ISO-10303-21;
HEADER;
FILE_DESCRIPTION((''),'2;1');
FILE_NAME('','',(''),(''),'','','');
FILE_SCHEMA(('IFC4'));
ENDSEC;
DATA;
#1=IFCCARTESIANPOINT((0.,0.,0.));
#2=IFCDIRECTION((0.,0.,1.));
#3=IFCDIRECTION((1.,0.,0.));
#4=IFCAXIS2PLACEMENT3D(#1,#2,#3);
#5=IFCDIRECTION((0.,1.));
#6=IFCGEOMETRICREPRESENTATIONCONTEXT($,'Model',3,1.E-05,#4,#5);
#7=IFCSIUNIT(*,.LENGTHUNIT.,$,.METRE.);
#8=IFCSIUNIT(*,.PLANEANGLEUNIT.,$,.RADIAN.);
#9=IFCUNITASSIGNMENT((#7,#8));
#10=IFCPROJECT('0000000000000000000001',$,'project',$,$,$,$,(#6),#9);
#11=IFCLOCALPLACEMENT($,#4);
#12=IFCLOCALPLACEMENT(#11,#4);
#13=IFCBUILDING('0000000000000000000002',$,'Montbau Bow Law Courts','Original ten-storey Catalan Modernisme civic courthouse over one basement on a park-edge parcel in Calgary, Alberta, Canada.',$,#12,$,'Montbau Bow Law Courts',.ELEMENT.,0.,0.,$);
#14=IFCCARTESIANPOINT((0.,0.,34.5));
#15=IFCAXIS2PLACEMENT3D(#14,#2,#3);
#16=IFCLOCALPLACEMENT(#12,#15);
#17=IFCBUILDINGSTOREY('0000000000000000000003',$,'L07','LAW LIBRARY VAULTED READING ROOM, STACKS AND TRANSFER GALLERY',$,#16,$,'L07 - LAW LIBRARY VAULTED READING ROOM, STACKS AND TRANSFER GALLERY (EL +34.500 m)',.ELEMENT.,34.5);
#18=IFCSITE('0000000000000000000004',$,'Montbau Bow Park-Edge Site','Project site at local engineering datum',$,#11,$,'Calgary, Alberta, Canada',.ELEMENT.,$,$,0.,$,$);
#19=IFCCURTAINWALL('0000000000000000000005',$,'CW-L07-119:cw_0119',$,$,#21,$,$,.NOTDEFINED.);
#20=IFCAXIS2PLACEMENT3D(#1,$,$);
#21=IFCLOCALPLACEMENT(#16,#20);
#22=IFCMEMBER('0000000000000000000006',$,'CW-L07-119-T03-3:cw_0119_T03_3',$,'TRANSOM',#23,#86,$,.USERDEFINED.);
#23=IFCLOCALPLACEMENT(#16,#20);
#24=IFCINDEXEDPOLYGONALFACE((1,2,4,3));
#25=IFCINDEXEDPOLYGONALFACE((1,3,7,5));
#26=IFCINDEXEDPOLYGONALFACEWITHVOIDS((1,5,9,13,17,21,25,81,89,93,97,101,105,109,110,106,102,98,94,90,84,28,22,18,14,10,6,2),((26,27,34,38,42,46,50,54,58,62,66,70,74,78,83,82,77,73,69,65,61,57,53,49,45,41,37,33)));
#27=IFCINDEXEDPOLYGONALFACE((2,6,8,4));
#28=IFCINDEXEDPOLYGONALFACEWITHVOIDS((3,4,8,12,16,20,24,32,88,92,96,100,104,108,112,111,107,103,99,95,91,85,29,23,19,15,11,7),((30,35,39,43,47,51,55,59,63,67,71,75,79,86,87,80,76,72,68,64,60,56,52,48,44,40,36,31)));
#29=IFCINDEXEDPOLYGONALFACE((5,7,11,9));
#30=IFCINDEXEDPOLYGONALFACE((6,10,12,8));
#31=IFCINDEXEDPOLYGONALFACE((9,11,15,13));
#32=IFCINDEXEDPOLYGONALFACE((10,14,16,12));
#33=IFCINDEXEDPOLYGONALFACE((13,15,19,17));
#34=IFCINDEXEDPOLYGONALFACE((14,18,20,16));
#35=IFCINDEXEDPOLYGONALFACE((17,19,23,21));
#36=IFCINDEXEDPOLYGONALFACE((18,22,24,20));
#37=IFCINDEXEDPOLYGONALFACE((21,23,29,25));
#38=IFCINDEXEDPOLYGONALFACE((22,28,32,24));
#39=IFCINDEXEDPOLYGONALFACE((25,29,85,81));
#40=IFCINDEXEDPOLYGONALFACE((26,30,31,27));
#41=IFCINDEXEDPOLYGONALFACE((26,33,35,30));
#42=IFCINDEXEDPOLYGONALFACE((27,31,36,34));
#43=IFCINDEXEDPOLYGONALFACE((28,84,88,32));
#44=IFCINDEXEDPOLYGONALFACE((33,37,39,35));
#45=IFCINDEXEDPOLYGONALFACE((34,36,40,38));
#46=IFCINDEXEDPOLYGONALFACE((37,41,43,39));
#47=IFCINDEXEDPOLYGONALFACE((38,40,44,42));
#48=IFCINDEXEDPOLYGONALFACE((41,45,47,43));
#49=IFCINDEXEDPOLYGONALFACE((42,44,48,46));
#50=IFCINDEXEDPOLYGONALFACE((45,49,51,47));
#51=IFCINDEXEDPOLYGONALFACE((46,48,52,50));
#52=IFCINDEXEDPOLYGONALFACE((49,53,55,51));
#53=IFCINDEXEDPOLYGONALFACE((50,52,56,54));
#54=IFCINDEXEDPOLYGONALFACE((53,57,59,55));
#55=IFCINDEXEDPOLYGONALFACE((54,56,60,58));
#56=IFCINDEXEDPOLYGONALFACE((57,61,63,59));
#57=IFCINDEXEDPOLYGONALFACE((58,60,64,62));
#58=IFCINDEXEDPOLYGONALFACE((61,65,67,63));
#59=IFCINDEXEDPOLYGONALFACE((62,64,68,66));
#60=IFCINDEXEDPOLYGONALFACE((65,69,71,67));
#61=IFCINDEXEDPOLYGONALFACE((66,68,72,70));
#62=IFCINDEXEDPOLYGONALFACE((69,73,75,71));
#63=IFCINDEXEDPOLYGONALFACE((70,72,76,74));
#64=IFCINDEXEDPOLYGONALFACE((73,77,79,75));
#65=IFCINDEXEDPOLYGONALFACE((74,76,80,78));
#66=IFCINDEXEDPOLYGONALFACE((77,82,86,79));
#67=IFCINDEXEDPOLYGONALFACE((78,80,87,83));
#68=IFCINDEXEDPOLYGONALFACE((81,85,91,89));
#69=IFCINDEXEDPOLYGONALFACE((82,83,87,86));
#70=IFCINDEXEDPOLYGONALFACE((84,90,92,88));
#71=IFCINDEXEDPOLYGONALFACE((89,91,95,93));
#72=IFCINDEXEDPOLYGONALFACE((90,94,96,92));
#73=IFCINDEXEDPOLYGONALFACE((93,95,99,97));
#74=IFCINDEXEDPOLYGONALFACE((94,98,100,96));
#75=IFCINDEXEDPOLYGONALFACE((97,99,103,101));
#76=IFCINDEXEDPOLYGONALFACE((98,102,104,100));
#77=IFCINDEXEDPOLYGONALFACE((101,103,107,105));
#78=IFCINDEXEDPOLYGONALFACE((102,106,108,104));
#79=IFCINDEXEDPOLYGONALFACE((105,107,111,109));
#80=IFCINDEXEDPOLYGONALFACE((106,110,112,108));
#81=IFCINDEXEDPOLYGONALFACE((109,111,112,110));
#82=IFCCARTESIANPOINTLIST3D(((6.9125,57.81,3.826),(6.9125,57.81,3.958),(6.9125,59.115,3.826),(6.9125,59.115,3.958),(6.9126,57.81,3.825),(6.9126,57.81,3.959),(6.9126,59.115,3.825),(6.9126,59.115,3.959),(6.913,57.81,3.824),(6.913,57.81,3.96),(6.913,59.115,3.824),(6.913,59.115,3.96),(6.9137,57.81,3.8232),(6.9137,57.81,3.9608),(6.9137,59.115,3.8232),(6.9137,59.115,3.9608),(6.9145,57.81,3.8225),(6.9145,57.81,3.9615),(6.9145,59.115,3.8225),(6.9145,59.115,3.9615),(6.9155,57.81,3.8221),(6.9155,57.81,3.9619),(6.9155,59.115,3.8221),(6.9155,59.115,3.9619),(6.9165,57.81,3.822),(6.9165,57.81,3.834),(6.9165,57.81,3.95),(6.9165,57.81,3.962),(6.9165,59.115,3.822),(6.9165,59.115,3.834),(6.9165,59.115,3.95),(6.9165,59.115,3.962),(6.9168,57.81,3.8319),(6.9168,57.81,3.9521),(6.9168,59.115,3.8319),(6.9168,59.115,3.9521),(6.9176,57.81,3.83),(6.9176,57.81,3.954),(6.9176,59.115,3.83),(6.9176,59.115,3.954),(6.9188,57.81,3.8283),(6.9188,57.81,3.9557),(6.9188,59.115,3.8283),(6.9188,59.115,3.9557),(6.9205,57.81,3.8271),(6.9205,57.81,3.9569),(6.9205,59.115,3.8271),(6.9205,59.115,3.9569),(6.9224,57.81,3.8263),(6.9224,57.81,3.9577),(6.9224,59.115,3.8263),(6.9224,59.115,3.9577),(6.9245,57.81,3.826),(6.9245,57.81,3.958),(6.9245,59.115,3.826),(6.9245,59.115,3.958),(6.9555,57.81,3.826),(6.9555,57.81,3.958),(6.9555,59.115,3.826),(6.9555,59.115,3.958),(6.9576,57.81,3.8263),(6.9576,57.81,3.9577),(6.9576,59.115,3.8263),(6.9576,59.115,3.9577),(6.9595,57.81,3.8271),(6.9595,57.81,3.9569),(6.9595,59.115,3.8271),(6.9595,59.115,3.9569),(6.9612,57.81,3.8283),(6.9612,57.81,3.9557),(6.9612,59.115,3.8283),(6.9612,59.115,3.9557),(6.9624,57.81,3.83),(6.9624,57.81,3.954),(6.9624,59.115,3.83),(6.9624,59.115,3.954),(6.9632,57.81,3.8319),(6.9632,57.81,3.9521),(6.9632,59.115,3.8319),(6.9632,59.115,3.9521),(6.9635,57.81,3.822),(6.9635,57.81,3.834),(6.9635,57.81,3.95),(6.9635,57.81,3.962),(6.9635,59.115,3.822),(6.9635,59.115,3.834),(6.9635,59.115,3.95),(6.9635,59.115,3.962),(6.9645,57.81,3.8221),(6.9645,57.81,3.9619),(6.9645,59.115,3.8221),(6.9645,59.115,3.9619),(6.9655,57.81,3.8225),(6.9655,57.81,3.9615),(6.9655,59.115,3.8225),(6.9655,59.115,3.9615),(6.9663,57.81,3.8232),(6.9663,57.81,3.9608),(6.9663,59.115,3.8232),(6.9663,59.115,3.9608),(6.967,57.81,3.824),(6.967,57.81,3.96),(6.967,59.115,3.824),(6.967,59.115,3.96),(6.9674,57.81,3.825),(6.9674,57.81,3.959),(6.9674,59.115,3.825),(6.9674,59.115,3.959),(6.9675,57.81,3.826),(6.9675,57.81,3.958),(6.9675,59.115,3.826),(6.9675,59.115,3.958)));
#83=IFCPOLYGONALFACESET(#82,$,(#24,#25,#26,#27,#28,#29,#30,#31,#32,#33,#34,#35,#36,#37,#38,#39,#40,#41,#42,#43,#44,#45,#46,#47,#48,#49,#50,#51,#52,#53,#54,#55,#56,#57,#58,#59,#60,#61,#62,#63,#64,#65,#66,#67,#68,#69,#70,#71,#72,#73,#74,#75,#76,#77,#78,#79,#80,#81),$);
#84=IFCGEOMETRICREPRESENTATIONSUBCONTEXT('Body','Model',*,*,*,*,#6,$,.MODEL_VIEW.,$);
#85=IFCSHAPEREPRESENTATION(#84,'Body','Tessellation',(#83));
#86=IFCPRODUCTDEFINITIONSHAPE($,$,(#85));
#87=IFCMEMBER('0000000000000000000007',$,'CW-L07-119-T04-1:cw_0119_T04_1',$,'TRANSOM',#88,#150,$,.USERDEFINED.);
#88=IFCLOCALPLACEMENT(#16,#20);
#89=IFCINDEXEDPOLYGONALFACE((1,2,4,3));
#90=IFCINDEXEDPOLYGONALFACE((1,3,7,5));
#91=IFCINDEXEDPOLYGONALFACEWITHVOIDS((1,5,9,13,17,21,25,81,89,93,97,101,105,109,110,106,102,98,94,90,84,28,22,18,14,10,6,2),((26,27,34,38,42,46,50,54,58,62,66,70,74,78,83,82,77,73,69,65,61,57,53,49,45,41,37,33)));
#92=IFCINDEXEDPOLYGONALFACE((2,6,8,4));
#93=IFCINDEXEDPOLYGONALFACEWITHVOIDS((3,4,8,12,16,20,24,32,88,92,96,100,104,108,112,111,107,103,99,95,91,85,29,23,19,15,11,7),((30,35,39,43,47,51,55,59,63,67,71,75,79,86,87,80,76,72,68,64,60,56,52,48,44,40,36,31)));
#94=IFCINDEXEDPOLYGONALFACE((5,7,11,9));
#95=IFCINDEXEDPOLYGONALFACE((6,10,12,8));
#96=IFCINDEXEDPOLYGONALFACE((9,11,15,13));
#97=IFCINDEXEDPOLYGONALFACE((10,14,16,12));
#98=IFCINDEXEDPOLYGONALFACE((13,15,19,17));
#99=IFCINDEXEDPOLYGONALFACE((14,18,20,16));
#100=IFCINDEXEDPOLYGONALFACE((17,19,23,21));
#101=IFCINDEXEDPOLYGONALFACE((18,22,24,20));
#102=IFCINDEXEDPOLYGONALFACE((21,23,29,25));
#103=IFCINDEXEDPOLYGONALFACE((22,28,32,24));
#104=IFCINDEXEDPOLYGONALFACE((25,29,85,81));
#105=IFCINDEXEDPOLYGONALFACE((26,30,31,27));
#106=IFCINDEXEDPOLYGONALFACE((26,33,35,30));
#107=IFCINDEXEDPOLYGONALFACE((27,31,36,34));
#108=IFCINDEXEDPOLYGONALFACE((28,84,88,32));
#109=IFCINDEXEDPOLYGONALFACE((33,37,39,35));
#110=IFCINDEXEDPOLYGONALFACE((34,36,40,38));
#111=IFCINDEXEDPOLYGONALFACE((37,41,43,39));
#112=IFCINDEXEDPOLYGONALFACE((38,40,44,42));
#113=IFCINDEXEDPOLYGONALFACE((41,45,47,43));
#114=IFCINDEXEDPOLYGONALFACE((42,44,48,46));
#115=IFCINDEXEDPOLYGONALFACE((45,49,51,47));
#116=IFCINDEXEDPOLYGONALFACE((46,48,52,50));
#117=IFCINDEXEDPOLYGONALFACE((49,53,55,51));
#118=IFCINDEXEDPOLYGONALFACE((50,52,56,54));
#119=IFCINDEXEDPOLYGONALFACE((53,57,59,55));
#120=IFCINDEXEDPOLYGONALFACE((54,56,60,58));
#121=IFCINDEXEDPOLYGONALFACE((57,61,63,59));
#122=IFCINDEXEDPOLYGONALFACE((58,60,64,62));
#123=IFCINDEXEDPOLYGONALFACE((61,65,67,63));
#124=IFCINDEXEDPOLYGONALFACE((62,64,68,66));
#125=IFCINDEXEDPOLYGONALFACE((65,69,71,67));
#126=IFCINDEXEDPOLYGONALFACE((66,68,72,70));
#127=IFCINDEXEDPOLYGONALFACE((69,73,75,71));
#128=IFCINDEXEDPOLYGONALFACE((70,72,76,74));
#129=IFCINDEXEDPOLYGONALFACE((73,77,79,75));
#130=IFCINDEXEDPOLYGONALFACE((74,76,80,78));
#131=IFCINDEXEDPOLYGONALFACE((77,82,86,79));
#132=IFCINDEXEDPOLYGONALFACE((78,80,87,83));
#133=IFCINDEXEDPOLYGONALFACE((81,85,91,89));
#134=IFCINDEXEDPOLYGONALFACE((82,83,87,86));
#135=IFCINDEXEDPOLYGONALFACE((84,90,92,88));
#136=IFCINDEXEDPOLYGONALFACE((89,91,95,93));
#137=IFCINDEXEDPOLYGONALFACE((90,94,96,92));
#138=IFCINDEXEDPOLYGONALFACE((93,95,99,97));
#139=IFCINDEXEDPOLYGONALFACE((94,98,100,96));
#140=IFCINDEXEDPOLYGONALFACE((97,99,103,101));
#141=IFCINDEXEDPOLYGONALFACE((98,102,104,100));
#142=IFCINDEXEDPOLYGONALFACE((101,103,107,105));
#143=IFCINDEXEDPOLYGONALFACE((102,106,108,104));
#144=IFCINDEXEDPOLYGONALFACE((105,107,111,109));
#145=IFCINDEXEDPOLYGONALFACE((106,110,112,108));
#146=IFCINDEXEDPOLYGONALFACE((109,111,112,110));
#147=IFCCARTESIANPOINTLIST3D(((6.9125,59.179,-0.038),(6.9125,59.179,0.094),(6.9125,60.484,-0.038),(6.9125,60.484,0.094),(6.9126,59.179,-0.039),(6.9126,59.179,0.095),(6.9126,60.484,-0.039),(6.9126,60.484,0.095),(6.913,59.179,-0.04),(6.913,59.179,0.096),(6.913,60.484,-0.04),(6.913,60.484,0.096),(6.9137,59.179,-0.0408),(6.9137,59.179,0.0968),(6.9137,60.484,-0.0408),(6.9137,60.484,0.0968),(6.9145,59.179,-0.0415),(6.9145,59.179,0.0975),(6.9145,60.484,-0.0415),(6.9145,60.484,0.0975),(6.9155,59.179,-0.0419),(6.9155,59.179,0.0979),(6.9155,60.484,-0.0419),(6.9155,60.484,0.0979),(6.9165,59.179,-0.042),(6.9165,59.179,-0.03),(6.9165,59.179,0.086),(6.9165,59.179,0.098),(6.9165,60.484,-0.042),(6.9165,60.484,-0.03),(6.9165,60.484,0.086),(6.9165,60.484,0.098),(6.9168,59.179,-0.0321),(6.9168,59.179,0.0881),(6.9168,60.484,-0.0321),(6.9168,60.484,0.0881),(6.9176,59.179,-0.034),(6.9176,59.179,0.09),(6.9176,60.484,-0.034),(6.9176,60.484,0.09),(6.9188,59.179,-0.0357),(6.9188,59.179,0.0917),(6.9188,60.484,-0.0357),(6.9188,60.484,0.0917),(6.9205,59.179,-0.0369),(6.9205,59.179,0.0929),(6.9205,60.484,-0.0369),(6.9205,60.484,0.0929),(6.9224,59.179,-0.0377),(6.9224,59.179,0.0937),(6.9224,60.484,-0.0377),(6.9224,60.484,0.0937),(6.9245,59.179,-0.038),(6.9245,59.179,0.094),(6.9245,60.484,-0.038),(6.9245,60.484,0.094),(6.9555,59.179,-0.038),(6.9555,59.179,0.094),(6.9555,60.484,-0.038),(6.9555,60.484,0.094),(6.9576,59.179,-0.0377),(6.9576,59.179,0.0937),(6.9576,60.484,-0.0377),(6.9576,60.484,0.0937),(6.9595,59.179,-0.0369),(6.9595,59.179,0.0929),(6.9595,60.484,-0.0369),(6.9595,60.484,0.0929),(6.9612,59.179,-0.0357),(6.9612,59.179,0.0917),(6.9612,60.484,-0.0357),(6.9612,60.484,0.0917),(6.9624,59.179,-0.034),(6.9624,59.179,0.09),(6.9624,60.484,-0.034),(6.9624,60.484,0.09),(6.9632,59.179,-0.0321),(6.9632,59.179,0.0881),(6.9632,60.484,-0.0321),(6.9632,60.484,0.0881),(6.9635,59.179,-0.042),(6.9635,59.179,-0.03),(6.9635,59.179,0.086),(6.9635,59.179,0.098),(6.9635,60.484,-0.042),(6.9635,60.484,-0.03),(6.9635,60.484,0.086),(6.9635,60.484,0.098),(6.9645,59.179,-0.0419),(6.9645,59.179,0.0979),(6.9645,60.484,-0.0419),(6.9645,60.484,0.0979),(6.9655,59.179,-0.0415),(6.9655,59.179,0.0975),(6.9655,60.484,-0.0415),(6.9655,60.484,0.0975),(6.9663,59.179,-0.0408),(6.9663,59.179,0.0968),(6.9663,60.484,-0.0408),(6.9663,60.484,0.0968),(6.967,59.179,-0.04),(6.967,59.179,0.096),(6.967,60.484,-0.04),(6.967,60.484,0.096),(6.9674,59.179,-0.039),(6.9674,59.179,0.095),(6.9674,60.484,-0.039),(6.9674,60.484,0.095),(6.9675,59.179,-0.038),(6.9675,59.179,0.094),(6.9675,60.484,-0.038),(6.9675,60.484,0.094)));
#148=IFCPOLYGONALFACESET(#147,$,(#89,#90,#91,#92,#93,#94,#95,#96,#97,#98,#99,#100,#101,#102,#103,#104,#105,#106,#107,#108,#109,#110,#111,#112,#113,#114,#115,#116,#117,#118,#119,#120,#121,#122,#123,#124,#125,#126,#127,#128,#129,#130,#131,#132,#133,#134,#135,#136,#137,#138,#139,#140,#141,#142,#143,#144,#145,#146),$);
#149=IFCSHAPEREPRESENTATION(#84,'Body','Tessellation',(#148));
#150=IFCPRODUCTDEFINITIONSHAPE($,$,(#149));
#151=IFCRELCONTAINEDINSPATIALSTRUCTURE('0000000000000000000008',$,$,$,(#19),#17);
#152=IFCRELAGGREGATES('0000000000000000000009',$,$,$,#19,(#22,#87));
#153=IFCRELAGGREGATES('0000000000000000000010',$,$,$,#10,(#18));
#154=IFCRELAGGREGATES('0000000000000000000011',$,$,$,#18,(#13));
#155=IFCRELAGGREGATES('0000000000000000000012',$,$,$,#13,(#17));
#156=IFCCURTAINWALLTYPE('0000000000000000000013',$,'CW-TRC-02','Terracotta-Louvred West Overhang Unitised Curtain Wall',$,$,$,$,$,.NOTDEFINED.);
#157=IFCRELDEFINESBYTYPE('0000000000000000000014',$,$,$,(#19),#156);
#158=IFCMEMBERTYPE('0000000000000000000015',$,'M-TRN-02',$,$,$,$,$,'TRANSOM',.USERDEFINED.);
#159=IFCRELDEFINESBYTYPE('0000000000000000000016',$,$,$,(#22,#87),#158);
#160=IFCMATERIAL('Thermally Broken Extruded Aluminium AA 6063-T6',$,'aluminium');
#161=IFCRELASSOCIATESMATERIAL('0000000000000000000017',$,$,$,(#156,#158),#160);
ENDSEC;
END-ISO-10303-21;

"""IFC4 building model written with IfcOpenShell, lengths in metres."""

from ifc_helpers import new_model, si_unit, direction, frame, origin_with_axes, origin_2d_with_axis, place, context, subcontext, project, spatial, hollow_rectangle, extrude, material, material_profile, profile_set, type_object, element, aggregate, save


model = new_model("IFC4")

# Units and contexts
model_context = context("Model", 3, precision=1e-05, world=origin_with_axes(), true_north=direction((0.0, 1.0)))
body_context = subcontext(model_context, "Body", "Model", "MODEL_VIEW")
ifc_project = project(units=[si_unit("LENGTHUNIT", "METRE"), si_unit("PLANEANGLEUNIT", "RADIAN")], contexts=[model_context])

# Site, building, storey
site_placement = place(None, origin_with_axes())
site = spatial("IfcSite", under=ifc_project, at=site_placement, Name="Montbau Bow Park-Edge Site", Description="Project site at local engineering datum", LongName="Calgary, Alberta, Canada", CompositionType="ELEMENT", RefElevation=0.0)
building_placement = place(site_placement, origin_with_axes())
building = spatial("IfcBuilding", under=site, at=building_placement, Name="Montbau Bow Law Courts", Description="Original ten-storey Catalan Modernisme civic courthouse over one basement on a park-edge parcel in Calgary, Alberta, Canada.", LongName="Montbau Bow Law Courts", CompositionType="ELEMENT", ElevationOfRefHeight=0.0, ElevationOfTerrain=0.0)
storey_placement = place(building_placement, frame((0.0, 0.0, 34.5), z_axis=(0.0, 0.0, 1.0), x_axis=(1.0, 0.0, 0.0)))
storey = spatial("IfcBuildingStorey", under=building, at=storey_placement, Name="L07", Description="LAW LIBRARY VAULTED READING ROOM, STACKS AND TRANSFER GALLERY", LongName="L07 - LAW LIBRARY VAULTED READING ROOM, STACKS AND TRANSFER GALLERY (EL +34.500 m)", CompositionType="ELEMENT", Elevation=34.5)

# Shared definitions
ifc_material_1 = material(Name="Thermally Broken Extruded Aluminium AA 6063-T6", Category="aluminium")
curtain_wall_type = type_object("IfcCurtainWallType", Name="CW-TRC-02", Description="Terracotta-Louvred West Overhang Unitised Curtain Wall", PredefinedType="NOTDEFINED", material=ifc_material_1)

# Curtain wall, members
curtain_wall_1_placement = place(None, frame((6.94, 55.04, 34.5), z_axis=(0.0, 0.0, 1.0), x_axis=(1.0, 0.0, 0.0)))
curtain_wall_1 = element("IfcCurtainWall", 1, at=curtain_wall_1_placement, inside=storey, type_object=curtain_wall_type, Name="CW-L07-119:cw_0119", PredefinedType="NOTDEFINED")
ifc_material_profile_1 = material_profile(ifc_material_1, hollow_rectangle(XDim=0.055, YDim=0.14, WallThickness=0.004, InnerFilletRadius=0.008, OuterFilletRadius=0.004, at=origin_2d_with_axis()), Name="CWT-140X55", Category="Main", Priority=0)
ifc_profile_set_1 = profile_set([ifc_material_profile_1], Name="Thermally Broken Extruded Aluminium AA 6063-T6")
member_type_1 = type_object("IfcMemberType", Name="M-TRN-02", ElementType="TRANSOM", PredefinedType="USERDEFINED", material=ifc_profile_set_1)
member_1_placement = place(None, frame((6.94, 57.81, 38.392), z_axis=(0.0, 1.0, 0.0), x_axis=(-1.0, 0.0, 0.0)))
member_1 = element("IfcMember", 2, at=member_1_placement, type_object=member_type_1, Name="CW-L07-119-T03-3:cw_0119_T03_3", ObjectType="TRANSOM", PredefinedType="USERDEFINED", context=body_context, shape_type="SweptSolid", body=[
    extrude(hollow_rectangle(XDim=0.055, YDim=0.14, WallThickness=0.004, InnerFilletRadius=0.008, OuterFilletRadius=0.004, at=origin_2d_with_axis()), origin_with_axes(), (0.0, 0.0, 1.0), 1.305),
])
member_2_placement = place(None, frame((6.94, 59.179, 34.528), z_axis=(0.0, 1.0, 0.0), x_axis=(-1.0, 0.0, 0.0)))
member_2 = element("IfcMember", 3, at=member_2_placement, type_object=member_type_1, Name="CW-L07-119-T04-1:cw_0119_T04_1", ObjectType="TRANSOM", PredefinedType="USERDEFINED", context=body_context, shape_type="SweptSolid", body=[
    extrude(hollow_rectangle(XDim=0.055, YDim=0.14, WallThickness=0.004, InnerFilletRadius=0.008, OuterFilletRadius=0.004, at=origin_2d_with_axis()), origin_with_axes(), (0.0, 0.0, 1.0), 1.305),
])

aggregate(curtain_wall_1, [member_1, member_2])

save(model, "model.ifc")
